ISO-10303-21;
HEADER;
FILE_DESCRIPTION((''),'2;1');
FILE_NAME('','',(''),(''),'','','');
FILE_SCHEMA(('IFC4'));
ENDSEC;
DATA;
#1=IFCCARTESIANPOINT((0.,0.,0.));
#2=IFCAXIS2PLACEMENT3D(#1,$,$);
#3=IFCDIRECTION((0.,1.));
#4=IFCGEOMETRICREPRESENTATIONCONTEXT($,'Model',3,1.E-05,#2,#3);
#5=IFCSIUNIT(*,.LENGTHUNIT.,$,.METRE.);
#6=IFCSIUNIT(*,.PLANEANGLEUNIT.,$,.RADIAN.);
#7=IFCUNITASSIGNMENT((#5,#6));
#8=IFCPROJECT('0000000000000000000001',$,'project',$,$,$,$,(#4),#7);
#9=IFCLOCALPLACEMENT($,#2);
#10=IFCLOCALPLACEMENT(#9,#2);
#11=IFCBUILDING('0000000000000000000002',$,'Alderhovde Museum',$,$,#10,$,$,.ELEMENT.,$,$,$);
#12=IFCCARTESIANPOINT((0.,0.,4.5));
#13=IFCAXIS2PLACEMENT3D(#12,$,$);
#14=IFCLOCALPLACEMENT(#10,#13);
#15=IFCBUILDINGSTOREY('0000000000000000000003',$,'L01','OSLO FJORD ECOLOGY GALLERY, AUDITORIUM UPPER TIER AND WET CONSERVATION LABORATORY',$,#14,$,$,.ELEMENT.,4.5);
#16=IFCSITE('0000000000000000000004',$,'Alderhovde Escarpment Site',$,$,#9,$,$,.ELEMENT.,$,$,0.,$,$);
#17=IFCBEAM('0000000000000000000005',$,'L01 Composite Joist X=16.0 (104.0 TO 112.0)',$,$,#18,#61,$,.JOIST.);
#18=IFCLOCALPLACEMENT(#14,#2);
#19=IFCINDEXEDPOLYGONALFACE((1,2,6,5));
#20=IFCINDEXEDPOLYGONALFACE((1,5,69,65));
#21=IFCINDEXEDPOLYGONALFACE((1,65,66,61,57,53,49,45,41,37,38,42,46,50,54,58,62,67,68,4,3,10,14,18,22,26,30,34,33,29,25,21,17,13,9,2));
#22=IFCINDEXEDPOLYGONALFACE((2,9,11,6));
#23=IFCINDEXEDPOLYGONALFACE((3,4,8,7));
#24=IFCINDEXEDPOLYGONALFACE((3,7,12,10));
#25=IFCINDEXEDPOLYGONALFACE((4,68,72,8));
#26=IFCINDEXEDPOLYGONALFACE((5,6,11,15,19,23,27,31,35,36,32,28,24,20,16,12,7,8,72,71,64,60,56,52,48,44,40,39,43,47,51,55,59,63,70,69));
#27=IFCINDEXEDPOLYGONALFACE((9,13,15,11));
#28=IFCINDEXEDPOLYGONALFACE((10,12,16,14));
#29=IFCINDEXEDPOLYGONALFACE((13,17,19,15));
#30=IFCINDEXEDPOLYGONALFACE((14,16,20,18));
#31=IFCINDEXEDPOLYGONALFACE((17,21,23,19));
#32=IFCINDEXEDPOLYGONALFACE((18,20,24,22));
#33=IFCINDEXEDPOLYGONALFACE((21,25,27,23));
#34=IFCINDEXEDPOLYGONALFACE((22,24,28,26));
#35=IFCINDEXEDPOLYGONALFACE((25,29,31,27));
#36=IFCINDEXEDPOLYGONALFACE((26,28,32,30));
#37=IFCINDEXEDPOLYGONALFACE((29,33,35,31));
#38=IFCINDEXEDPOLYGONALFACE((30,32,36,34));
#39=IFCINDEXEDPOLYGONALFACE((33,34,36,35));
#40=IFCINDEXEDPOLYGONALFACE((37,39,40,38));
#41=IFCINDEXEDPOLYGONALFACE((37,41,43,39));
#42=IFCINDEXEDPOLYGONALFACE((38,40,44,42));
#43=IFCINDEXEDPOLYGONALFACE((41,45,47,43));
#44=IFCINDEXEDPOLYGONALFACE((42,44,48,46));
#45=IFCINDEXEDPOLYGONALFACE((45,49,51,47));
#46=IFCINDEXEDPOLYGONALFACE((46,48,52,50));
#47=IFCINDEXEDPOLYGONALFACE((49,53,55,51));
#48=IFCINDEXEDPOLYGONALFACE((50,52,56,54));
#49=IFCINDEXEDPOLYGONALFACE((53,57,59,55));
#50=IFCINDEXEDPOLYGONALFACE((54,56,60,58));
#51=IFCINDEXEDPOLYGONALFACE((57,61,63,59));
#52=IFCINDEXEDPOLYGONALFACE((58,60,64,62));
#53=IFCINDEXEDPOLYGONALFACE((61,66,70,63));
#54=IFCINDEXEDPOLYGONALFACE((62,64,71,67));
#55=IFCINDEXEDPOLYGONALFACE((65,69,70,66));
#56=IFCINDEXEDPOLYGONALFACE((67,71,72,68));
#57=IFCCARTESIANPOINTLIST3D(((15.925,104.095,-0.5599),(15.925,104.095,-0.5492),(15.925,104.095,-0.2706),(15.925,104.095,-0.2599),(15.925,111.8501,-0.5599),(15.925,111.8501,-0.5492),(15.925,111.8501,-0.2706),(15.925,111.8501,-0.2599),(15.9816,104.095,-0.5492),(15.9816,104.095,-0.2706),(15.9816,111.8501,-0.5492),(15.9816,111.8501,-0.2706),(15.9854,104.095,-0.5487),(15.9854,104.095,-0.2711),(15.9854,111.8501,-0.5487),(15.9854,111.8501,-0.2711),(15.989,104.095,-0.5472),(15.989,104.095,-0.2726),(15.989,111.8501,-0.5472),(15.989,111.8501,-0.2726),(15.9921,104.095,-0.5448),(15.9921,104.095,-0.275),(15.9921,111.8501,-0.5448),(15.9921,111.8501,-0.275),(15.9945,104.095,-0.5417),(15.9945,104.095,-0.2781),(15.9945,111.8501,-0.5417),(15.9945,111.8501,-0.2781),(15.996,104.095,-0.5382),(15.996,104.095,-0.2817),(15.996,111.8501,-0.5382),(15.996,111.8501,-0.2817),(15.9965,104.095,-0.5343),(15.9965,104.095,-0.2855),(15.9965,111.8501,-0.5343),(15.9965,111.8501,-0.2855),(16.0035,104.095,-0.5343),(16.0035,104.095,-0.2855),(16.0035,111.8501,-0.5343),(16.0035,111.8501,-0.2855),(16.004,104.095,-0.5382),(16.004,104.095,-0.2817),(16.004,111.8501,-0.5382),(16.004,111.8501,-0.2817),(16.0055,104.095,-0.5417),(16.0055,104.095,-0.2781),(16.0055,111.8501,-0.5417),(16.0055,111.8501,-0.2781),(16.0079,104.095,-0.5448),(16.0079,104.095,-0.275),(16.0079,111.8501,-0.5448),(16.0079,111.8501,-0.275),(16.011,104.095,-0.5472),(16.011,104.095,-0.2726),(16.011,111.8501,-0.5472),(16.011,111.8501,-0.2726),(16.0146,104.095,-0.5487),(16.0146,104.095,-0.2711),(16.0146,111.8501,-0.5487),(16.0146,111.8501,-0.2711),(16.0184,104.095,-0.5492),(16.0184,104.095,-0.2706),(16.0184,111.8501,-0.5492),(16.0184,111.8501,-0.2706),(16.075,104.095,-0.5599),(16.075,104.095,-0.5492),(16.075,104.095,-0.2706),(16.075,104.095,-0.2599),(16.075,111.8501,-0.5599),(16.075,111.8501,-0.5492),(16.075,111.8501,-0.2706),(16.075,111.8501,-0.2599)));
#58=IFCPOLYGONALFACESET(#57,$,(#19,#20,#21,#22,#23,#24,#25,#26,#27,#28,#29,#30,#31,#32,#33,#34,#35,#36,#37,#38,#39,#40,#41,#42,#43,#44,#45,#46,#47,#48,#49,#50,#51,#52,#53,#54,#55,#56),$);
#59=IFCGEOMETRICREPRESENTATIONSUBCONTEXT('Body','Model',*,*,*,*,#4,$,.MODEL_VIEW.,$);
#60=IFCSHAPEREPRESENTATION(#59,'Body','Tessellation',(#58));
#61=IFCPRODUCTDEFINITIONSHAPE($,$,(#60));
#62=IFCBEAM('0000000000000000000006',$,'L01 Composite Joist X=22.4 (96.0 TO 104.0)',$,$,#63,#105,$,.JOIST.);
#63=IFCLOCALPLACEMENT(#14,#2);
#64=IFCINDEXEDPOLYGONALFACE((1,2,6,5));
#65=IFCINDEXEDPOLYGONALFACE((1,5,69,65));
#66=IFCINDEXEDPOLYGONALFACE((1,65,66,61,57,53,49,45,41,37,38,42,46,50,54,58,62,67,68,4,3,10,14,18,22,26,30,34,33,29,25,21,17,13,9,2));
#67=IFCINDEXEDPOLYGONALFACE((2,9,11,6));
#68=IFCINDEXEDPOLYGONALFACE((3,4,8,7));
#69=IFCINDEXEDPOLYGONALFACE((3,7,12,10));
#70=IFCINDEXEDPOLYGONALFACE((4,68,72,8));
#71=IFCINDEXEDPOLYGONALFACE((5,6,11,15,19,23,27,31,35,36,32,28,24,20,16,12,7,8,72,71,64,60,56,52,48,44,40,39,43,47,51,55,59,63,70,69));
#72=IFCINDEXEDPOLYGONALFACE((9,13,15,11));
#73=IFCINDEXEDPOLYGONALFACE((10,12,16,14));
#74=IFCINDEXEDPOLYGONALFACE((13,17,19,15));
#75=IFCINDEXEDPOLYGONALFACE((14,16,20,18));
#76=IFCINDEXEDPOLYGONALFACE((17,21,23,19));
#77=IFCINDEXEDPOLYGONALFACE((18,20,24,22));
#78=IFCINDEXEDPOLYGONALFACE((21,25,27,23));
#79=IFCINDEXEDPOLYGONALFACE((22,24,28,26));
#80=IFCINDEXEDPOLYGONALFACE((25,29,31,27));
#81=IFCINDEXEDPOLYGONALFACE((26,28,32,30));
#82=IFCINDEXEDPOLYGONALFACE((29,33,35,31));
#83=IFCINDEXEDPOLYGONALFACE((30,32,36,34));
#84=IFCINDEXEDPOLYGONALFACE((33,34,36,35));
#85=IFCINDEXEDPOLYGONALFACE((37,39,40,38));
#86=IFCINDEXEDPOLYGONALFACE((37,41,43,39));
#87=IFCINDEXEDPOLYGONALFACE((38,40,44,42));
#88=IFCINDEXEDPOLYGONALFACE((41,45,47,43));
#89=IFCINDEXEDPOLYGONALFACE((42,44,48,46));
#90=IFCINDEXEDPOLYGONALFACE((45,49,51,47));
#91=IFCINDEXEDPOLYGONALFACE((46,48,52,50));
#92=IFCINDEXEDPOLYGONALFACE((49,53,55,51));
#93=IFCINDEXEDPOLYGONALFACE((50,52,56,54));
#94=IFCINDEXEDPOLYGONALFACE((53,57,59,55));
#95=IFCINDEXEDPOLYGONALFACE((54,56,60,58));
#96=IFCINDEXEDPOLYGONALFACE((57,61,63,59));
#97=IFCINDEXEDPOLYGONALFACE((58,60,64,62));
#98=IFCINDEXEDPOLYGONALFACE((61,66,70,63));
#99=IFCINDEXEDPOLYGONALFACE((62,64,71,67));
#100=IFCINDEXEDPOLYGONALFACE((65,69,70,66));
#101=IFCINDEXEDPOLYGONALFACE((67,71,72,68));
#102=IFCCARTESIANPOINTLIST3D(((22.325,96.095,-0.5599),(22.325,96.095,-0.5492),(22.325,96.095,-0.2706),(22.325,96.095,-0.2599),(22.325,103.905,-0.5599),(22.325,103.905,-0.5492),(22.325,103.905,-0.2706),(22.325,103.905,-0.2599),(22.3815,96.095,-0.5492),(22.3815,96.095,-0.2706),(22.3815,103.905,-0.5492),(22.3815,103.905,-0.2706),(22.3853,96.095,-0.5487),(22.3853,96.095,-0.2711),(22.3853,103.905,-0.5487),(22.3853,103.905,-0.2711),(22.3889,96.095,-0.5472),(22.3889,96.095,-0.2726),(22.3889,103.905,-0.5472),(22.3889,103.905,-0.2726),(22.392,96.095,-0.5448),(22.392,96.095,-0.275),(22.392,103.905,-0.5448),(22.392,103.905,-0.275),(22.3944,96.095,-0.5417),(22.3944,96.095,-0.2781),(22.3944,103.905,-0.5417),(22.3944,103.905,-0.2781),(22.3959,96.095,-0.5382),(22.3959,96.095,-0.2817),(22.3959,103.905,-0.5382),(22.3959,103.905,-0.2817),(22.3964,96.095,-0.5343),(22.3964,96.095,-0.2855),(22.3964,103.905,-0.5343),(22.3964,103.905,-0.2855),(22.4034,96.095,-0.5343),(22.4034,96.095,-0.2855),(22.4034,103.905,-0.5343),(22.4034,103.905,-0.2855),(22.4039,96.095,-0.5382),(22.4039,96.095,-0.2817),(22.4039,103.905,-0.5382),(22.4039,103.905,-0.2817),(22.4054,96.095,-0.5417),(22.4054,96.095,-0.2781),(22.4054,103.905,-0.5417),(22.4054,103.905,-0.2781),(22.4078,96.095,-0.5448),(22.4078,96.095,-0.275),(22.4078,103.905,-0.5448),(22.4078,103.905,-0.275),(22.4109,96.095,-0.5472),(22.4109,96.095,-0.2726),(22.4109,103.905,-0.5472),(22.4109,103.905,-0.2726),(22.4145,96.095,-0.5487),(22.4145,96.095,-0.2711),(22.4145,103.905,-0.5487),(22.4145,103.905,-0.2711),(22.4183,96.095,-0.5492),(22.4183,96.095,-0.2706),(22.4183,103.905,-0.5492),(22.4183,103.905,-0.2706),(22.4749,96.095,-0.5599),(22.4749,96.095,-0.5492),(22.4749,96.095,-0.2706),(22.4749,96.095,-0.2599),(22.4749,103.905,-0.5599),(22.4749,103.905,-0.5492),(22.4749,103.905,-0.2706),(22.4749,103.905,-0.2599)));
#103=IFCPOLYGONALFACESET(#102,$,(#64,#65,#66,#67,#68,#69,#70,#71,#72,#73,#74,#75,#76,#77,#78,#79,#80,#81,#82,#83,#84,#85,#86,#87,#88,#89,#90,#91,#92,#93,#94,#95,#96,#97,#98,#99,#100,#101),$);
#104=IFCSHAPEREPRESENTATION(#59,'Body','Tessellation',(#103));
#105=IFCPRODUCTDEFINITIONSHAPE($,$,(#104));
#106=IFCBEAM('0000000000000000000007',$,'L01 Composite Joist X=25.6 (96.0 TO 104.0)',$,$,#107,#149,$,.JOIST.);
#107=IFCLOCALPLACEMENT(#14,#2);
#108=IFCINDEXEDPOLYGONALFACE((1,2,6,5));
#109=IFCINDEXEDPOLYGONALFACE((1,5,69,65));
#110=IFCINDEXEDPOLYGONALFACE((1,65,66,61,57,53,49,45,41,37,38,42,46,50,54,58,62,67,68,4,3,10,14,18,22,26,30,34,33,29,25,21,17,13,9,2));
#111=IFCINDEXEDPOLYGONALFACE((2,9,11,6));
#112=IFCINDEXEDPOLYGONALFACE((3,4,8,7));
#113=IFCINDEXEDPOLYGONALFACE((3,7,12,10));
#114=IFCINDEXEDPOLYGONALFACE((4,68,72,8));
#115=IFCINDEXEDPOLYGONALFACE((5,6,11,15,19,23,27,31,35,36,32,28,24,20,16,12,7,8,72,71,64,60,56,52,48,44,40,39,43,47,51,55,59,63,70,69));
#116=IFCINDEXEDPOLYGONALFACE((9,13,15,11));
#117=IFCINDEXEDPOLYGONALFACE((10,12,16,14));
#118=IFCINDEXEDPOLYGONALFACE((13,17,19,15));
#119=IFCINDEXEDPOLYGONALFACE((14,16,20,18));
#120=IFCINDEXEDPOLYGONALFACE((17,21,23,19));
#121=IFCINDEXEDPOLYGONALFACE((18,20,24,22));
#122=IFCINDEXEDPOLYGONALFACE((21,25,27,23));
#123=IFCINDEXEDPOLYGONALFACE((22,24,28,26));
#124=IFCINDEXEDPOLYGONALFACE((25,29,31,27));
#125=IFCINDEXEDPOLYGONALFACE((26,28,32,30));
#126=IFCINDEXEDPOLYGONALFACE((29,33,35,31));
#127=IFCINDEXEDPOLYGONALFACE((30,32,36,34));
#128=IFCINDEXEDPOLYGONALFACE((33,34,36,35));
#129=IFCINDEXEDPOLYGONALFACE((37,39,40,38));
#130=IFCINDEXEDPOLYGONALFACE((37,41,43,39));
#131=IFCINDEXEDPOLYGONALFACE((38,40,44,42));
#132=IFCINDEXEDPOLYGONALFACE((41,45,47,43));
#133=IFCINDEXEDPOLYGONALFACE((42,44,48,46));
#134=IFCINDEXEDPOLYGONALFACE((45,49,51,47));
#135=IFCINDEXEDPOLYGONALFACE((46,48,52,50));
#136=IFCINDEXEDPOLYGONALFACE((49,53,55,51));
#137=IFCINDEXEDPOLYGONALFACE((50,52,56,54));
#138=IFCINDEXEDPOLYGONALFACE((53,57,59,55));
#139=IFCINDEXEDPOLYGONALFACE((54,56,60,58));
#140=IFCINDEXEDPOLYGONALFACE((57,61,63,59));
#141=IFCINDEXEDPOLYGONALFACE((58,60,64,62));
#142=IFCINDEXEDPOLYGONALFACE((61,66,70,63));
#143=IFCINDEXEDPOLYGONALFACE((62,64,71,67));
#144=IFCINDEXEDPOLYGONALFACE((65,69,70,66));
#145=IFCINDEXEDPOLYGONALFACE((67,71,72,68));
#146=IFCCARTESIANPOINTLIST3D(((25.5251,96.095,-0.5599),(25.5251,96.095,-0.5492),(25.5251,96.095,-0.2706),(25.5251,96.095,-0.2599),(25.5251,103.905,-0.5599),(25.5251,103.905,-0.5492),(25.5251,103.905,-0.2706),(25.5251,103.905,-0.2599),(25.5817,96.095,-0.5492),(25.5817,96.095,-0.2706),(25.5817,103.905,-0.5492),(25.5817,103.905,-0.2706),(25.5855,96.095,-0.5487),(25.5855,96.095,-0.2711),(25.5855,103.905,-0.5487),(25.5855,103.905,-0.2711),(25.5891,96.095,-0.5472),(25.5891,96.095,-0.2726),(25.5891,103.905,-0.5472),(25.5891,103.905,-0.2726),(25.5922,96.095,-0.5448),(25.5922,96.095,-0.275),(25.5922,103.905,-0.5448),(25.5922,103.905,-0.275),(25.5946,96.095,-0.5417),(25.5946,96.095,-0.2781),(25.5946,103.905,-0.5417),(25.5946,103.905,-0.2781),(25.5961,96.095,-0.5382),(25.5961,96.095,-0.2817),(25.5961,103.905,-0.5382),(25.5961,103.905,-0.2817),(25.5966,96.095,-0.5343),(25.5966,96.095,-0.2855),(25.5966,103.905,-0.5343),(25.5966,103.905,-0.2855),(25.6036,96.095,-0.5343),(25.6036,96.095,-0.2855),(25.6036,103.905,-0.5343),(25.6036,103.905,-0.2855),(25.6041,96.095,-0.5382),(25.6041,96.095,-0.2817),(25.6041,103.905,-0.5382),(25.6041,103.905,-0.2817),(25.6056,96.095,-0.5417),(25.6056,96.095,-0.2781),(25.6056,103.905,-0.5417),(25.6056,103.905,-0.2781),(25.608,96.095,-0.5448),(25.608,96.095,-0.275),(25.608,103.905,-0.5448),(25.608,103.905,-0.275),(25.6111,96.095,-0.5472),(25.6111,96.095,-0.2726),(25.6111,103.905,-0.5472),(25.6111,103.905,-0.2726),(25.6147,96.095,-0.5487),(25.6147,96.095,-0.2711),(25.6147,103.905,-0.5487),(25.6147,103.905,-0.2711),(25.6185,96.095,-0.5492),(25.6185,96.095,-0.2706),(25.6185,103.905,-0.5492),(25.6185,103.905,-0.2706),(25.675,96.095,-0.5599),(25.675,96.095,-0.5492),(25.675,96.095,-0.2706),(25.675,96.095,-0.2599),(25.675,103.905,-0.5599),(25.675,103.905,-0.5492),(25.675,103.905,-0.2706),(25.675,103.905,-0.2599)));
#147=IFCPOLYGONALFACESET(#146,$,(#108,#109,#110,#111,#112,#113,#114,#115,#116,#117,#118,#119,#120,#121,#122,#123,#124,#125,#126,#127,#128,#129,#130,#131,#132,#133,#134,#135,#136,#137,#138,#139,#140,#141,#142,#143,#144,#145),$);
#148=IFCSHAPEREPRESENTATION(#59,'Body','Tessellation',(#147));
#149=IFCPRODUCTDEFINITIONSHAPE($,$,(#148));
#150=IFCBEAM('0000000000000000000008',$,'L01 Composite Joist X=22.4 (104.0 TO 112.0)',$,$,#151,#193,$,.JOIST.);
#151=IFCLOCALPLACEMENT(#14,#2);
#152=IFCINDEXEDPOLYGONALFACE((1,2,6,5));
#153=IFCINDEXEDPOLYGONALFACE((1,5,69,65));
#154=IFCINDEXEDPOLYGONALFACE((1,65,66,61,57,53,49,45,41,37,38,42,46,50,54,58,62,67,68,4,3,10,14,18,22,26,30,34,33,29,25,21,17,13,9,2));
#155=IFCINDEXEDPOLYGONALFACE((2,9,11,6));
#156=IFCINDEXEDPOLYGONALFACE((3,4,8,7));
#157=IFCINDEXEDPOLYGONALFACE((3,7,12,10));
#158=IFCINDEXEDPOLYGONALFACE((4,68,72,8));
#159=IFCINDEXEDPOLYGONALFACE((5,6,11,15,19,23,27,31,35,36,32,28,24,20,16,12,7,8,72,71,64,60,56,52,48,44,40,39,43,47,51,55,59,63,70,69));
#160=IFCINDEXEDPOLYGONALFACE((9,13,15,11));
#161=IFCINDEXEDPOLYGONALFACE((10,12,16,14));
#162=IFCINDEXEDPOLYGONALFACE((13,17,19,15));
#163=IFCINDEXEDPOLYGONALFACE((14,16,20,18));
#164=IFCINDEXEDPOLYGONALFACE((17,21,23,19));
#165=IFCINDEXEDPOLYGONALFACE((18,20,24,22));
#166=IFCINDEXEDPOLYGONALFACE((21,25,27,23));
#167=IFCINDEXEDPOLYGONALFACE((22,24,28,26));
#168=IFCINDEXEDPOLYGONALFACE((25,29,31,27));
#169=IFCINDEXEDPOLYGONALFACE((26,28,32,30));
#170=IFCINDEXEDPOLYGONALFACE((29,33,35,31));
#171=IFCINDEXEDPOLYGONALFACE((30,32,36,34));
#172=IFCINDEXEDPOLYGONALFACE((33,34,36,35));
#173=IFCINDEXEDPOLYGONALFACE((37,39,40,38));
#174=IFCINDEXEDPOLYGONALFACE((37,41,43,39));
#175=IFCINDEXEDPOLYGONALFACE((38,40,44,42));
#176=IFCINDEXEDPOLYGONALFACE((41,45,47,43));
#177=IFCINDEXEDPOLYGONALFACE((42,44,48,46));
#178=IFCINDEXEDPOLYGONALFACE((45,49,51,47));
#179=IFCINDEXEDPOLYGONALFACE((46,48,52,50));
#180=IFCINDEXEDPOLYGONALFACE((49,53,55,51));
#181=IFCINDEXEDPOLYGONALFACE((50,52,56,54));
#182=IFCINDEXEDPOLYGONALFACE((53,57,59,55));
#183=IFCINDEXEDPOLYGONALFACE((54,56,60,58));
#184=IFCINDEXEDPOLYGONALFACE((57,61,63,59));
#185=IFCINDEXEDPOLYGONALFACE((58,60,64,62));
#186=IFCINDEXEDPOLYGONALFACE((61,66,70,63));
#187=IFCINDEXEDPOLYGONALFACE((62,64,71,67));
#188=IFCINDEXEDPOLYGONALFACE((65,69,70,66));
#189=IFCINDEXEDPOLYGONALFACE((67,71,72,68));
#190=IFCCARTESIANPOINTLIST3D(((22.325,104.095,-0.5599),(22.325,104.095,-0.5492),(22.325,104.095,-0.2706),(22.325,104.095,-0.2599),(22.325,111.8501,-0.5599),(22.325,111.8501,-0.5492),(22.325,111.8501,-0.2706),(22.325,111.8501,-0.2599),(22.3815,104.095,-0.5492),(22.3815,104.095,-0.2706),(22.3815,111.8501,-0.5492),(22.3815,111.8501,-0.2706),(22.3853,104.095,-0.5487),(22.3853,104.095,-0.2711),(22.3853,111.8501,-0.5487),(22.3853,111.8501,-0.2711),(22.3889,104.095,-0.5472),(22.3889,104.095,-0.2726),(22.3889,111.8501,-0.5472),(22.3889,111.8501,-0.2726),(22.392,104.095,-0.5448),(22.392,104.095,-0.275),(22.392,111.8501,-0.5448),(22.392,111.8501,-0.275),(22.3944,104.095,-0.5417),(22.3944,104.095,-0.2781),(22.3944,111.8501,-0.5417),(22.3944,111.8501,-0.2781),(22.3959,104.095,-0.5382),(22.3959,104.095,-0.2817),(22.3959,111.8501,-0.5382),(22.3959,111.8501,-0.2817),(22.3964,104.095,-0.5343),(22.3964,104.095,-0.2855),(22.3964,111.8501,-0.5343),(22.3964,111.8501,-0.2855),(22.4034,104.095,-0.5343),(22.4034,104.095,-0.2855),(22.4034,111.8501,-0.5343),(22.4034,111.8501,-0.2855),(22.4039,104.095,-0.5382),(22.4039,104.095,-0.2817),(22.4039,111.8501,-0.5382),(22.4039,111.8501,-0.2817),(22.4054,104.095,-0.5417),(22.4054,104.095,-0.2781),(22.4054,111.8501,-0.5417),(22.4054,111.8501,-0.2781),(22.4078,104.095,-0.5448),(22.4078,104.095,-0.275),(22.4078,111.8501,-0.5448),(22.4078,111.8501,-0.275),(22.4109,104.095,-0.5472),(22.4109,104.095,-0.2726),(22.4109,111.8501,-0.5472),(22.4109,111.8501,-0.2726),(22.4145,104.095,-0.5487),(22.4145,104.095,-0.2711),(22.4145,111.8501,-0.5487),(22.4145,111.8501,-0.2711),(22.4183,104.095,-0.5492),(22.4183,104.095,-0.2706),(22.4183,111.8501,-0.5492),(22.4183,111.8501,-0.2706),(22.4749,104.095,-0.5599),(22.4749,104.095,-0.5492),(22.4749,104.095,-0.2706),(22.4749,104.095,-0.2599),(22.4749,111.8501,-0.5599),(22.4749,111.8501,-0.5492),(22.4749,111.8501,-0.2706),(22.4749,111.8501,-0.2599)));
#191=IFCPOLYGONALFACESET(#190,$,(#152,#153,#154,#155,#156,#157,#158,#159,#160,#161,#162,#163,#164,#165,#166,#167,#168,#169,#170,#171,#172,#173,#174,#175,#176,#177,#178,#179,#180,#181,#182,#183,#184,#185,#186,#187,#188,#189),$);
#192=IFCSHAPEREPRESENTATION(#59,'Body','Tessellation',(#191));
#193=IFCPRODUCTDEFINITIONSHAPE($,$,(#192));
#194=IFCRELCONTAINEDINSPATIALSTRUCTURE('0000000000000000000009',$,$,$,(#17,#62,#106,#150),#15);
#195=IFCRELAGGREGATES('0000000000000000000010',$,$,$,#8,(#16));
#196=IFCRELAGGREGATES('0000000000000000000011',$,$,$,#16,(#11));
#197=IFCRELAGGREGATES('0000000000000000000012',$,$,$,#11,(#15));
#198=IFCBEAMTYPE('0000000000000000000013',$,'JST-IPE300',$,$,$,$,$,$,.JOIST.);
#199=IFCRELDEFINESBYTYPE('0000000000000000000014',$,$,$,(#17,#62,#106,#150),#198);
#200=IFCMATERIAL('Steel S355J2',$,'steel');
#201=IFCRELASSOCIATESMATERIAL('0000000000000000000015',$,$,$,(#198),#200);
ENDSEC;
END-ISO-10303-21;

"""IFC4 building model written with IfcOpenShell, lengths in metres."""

from ifc_helpers import new_model, si_unit, direction, frame, origin, origin_2d, place, context, subcontext, project, spatial, i_section, extrude, material, material_profile, profile_set, type_object, element, save


model = new_model("IFC4")

# Units and contexts
model_context = context("Model", 3, precision=1e-05, world=origin(), true_north=direction((0.0, 1.0)))
body_context = subcontext(model_context, "Body", "Model", "MODEL_VIEW")
ifc_project = project(units=[si_unit("LENGTHUNIT", "METRE"), si_unit("PLANEANGLEUNIT", "RADIAN")], contexts=[model_context])

# Site, building, storey
site_placement = place(None, origin())
site = spatial("IfcSite", under=ifc_project, at=site_placement, Name="Alderhovde Escarpment Site", CompositionType="ELEMENT", RefElevation=0.0)
building_placement = place(site_placement, origin())
building = spatial("IfcBuilding", under=site, at=building_placement, Name="Alderhovde Museum", CompositionType="ELEMENT")
storey_placement = place(building_placement, frame((0.0, 0.0, 4.5)))
storey = spatial("IfcBuildingStorey", under=building, at=storey_placement, Name="L01", Description="OSLO FJORD ECOLOGY GALLERY, AUDITORIUM UPPER TIER AND WET CONSERVATION LABORATORY", CompositionType="ELEMENT", Elevation=4.5)

# Beams
ifc_material_1 = material(Name="Steel S355J2", Category="steel")
ifc_material_profile_1 = material_profile(ifc_material_1, i_section(OverallWidth=0.1499, OverallDepth=0.3, WebThickness=0.0071, FlangeThickness=0.0107, FilletRadius=0.0149, at=origin_2d()), Name="IPE 300")
ifc_profile_set_1 = profile_set([ifc_material_profile_1], Name="Steel S355J2")
beam_type_1 = type_object("IfcBeamType", Name="JST-IPE300", PredefinedType="JOIST", material=ifc_profile_set_1)
for number, where, z_axis, x_axis, name in (
    (1, (16.0, 104.095, -0.4099), (0.0, 1.0, 0.0), (-1.0, 0.0, 0.0), "L01 Composite Joist X=16.0 (104.0 TO 112.0)"),
):
    element("IfcBeam", number, at=place(storey_placement, frame(where, z_axis=z_axis, x_axis=x_axis)), inside=storey, type_object=beam_type_1, Name=name, PredefinedType="JOIST", context=body_context, shape_type="SweptSolid", body=[
        extrude(i_section(OverallWidth=0.1499, OverallDepth=0.3, WebThickness=0.0071, FlangeThickness=0.0107, FilletRadius=0.0149, at=origin_2d()), origin(), (0.0, 0.0, 1.0), 7.7551),
    ])
for number, where, z_axis, x_axis, name in (
    (2, (22.3999, 96.095, -0.4099), (0.0, 1.0, 0.0), (-1.0, 0.0, 0.0), "L01 Composite Joist X=22.4 (96.0 TO 104.0)"),
    (3, (25.6001, 96.095, -0.4099), (0.0, 1.0, 0.0), (-1.0, 0.0, 0.0), "L01 Composite Joist X=25.6 (96.0 TO 104.0)"),
):
    element("IfcBeam", number, at=place(storey_placement, frame(where, z_axis=z_axis, x_axis=x_axis)), inside=storey, type_object=beam_type_1, Name=name, PredefinedType="JOIST", context=body_context, shape_type="SweptSolid", body=[
        extrude(i_section(OverallWidth=0.1499, OverallDepth=0.3, WebThickness=0.0071, FlangeThickness=0.0107, FilletRadius=0.0149, at=origin_2d()), origin(), (0.0, 0.0, 1.0), 7.8101),
    ])
for number, where, z_axis, x_axis, name in (
    (4, (22.3999, 104.095, -0.4099), (0.0, 1.0, 0.0), (-1.0, 0.0, 0.0), "L01 Composite Joist X=22.4 (104.0 TO 112.0)"),
):
    element("IfcBeam", number, at=place(storey_placement, frame(where, z_axis=z_axis, x_axis=x_axis)), inside=storey, type_object=beam_type_1, Name=name, PredefinedType="JOIST", context=body_context, shape_type="SweptSolid", body=[
        extrude(i_section(OverallWidth=0.1499, OverallDepth=0.3, WebThickness=0.0071, FlangeThickness=0.0107, FilletRadius=0.0149, at=origin_2d()), origin(), (0.0, 0.0, 1.0), 7.7551),
    ])

save(model, "model.ifc")
